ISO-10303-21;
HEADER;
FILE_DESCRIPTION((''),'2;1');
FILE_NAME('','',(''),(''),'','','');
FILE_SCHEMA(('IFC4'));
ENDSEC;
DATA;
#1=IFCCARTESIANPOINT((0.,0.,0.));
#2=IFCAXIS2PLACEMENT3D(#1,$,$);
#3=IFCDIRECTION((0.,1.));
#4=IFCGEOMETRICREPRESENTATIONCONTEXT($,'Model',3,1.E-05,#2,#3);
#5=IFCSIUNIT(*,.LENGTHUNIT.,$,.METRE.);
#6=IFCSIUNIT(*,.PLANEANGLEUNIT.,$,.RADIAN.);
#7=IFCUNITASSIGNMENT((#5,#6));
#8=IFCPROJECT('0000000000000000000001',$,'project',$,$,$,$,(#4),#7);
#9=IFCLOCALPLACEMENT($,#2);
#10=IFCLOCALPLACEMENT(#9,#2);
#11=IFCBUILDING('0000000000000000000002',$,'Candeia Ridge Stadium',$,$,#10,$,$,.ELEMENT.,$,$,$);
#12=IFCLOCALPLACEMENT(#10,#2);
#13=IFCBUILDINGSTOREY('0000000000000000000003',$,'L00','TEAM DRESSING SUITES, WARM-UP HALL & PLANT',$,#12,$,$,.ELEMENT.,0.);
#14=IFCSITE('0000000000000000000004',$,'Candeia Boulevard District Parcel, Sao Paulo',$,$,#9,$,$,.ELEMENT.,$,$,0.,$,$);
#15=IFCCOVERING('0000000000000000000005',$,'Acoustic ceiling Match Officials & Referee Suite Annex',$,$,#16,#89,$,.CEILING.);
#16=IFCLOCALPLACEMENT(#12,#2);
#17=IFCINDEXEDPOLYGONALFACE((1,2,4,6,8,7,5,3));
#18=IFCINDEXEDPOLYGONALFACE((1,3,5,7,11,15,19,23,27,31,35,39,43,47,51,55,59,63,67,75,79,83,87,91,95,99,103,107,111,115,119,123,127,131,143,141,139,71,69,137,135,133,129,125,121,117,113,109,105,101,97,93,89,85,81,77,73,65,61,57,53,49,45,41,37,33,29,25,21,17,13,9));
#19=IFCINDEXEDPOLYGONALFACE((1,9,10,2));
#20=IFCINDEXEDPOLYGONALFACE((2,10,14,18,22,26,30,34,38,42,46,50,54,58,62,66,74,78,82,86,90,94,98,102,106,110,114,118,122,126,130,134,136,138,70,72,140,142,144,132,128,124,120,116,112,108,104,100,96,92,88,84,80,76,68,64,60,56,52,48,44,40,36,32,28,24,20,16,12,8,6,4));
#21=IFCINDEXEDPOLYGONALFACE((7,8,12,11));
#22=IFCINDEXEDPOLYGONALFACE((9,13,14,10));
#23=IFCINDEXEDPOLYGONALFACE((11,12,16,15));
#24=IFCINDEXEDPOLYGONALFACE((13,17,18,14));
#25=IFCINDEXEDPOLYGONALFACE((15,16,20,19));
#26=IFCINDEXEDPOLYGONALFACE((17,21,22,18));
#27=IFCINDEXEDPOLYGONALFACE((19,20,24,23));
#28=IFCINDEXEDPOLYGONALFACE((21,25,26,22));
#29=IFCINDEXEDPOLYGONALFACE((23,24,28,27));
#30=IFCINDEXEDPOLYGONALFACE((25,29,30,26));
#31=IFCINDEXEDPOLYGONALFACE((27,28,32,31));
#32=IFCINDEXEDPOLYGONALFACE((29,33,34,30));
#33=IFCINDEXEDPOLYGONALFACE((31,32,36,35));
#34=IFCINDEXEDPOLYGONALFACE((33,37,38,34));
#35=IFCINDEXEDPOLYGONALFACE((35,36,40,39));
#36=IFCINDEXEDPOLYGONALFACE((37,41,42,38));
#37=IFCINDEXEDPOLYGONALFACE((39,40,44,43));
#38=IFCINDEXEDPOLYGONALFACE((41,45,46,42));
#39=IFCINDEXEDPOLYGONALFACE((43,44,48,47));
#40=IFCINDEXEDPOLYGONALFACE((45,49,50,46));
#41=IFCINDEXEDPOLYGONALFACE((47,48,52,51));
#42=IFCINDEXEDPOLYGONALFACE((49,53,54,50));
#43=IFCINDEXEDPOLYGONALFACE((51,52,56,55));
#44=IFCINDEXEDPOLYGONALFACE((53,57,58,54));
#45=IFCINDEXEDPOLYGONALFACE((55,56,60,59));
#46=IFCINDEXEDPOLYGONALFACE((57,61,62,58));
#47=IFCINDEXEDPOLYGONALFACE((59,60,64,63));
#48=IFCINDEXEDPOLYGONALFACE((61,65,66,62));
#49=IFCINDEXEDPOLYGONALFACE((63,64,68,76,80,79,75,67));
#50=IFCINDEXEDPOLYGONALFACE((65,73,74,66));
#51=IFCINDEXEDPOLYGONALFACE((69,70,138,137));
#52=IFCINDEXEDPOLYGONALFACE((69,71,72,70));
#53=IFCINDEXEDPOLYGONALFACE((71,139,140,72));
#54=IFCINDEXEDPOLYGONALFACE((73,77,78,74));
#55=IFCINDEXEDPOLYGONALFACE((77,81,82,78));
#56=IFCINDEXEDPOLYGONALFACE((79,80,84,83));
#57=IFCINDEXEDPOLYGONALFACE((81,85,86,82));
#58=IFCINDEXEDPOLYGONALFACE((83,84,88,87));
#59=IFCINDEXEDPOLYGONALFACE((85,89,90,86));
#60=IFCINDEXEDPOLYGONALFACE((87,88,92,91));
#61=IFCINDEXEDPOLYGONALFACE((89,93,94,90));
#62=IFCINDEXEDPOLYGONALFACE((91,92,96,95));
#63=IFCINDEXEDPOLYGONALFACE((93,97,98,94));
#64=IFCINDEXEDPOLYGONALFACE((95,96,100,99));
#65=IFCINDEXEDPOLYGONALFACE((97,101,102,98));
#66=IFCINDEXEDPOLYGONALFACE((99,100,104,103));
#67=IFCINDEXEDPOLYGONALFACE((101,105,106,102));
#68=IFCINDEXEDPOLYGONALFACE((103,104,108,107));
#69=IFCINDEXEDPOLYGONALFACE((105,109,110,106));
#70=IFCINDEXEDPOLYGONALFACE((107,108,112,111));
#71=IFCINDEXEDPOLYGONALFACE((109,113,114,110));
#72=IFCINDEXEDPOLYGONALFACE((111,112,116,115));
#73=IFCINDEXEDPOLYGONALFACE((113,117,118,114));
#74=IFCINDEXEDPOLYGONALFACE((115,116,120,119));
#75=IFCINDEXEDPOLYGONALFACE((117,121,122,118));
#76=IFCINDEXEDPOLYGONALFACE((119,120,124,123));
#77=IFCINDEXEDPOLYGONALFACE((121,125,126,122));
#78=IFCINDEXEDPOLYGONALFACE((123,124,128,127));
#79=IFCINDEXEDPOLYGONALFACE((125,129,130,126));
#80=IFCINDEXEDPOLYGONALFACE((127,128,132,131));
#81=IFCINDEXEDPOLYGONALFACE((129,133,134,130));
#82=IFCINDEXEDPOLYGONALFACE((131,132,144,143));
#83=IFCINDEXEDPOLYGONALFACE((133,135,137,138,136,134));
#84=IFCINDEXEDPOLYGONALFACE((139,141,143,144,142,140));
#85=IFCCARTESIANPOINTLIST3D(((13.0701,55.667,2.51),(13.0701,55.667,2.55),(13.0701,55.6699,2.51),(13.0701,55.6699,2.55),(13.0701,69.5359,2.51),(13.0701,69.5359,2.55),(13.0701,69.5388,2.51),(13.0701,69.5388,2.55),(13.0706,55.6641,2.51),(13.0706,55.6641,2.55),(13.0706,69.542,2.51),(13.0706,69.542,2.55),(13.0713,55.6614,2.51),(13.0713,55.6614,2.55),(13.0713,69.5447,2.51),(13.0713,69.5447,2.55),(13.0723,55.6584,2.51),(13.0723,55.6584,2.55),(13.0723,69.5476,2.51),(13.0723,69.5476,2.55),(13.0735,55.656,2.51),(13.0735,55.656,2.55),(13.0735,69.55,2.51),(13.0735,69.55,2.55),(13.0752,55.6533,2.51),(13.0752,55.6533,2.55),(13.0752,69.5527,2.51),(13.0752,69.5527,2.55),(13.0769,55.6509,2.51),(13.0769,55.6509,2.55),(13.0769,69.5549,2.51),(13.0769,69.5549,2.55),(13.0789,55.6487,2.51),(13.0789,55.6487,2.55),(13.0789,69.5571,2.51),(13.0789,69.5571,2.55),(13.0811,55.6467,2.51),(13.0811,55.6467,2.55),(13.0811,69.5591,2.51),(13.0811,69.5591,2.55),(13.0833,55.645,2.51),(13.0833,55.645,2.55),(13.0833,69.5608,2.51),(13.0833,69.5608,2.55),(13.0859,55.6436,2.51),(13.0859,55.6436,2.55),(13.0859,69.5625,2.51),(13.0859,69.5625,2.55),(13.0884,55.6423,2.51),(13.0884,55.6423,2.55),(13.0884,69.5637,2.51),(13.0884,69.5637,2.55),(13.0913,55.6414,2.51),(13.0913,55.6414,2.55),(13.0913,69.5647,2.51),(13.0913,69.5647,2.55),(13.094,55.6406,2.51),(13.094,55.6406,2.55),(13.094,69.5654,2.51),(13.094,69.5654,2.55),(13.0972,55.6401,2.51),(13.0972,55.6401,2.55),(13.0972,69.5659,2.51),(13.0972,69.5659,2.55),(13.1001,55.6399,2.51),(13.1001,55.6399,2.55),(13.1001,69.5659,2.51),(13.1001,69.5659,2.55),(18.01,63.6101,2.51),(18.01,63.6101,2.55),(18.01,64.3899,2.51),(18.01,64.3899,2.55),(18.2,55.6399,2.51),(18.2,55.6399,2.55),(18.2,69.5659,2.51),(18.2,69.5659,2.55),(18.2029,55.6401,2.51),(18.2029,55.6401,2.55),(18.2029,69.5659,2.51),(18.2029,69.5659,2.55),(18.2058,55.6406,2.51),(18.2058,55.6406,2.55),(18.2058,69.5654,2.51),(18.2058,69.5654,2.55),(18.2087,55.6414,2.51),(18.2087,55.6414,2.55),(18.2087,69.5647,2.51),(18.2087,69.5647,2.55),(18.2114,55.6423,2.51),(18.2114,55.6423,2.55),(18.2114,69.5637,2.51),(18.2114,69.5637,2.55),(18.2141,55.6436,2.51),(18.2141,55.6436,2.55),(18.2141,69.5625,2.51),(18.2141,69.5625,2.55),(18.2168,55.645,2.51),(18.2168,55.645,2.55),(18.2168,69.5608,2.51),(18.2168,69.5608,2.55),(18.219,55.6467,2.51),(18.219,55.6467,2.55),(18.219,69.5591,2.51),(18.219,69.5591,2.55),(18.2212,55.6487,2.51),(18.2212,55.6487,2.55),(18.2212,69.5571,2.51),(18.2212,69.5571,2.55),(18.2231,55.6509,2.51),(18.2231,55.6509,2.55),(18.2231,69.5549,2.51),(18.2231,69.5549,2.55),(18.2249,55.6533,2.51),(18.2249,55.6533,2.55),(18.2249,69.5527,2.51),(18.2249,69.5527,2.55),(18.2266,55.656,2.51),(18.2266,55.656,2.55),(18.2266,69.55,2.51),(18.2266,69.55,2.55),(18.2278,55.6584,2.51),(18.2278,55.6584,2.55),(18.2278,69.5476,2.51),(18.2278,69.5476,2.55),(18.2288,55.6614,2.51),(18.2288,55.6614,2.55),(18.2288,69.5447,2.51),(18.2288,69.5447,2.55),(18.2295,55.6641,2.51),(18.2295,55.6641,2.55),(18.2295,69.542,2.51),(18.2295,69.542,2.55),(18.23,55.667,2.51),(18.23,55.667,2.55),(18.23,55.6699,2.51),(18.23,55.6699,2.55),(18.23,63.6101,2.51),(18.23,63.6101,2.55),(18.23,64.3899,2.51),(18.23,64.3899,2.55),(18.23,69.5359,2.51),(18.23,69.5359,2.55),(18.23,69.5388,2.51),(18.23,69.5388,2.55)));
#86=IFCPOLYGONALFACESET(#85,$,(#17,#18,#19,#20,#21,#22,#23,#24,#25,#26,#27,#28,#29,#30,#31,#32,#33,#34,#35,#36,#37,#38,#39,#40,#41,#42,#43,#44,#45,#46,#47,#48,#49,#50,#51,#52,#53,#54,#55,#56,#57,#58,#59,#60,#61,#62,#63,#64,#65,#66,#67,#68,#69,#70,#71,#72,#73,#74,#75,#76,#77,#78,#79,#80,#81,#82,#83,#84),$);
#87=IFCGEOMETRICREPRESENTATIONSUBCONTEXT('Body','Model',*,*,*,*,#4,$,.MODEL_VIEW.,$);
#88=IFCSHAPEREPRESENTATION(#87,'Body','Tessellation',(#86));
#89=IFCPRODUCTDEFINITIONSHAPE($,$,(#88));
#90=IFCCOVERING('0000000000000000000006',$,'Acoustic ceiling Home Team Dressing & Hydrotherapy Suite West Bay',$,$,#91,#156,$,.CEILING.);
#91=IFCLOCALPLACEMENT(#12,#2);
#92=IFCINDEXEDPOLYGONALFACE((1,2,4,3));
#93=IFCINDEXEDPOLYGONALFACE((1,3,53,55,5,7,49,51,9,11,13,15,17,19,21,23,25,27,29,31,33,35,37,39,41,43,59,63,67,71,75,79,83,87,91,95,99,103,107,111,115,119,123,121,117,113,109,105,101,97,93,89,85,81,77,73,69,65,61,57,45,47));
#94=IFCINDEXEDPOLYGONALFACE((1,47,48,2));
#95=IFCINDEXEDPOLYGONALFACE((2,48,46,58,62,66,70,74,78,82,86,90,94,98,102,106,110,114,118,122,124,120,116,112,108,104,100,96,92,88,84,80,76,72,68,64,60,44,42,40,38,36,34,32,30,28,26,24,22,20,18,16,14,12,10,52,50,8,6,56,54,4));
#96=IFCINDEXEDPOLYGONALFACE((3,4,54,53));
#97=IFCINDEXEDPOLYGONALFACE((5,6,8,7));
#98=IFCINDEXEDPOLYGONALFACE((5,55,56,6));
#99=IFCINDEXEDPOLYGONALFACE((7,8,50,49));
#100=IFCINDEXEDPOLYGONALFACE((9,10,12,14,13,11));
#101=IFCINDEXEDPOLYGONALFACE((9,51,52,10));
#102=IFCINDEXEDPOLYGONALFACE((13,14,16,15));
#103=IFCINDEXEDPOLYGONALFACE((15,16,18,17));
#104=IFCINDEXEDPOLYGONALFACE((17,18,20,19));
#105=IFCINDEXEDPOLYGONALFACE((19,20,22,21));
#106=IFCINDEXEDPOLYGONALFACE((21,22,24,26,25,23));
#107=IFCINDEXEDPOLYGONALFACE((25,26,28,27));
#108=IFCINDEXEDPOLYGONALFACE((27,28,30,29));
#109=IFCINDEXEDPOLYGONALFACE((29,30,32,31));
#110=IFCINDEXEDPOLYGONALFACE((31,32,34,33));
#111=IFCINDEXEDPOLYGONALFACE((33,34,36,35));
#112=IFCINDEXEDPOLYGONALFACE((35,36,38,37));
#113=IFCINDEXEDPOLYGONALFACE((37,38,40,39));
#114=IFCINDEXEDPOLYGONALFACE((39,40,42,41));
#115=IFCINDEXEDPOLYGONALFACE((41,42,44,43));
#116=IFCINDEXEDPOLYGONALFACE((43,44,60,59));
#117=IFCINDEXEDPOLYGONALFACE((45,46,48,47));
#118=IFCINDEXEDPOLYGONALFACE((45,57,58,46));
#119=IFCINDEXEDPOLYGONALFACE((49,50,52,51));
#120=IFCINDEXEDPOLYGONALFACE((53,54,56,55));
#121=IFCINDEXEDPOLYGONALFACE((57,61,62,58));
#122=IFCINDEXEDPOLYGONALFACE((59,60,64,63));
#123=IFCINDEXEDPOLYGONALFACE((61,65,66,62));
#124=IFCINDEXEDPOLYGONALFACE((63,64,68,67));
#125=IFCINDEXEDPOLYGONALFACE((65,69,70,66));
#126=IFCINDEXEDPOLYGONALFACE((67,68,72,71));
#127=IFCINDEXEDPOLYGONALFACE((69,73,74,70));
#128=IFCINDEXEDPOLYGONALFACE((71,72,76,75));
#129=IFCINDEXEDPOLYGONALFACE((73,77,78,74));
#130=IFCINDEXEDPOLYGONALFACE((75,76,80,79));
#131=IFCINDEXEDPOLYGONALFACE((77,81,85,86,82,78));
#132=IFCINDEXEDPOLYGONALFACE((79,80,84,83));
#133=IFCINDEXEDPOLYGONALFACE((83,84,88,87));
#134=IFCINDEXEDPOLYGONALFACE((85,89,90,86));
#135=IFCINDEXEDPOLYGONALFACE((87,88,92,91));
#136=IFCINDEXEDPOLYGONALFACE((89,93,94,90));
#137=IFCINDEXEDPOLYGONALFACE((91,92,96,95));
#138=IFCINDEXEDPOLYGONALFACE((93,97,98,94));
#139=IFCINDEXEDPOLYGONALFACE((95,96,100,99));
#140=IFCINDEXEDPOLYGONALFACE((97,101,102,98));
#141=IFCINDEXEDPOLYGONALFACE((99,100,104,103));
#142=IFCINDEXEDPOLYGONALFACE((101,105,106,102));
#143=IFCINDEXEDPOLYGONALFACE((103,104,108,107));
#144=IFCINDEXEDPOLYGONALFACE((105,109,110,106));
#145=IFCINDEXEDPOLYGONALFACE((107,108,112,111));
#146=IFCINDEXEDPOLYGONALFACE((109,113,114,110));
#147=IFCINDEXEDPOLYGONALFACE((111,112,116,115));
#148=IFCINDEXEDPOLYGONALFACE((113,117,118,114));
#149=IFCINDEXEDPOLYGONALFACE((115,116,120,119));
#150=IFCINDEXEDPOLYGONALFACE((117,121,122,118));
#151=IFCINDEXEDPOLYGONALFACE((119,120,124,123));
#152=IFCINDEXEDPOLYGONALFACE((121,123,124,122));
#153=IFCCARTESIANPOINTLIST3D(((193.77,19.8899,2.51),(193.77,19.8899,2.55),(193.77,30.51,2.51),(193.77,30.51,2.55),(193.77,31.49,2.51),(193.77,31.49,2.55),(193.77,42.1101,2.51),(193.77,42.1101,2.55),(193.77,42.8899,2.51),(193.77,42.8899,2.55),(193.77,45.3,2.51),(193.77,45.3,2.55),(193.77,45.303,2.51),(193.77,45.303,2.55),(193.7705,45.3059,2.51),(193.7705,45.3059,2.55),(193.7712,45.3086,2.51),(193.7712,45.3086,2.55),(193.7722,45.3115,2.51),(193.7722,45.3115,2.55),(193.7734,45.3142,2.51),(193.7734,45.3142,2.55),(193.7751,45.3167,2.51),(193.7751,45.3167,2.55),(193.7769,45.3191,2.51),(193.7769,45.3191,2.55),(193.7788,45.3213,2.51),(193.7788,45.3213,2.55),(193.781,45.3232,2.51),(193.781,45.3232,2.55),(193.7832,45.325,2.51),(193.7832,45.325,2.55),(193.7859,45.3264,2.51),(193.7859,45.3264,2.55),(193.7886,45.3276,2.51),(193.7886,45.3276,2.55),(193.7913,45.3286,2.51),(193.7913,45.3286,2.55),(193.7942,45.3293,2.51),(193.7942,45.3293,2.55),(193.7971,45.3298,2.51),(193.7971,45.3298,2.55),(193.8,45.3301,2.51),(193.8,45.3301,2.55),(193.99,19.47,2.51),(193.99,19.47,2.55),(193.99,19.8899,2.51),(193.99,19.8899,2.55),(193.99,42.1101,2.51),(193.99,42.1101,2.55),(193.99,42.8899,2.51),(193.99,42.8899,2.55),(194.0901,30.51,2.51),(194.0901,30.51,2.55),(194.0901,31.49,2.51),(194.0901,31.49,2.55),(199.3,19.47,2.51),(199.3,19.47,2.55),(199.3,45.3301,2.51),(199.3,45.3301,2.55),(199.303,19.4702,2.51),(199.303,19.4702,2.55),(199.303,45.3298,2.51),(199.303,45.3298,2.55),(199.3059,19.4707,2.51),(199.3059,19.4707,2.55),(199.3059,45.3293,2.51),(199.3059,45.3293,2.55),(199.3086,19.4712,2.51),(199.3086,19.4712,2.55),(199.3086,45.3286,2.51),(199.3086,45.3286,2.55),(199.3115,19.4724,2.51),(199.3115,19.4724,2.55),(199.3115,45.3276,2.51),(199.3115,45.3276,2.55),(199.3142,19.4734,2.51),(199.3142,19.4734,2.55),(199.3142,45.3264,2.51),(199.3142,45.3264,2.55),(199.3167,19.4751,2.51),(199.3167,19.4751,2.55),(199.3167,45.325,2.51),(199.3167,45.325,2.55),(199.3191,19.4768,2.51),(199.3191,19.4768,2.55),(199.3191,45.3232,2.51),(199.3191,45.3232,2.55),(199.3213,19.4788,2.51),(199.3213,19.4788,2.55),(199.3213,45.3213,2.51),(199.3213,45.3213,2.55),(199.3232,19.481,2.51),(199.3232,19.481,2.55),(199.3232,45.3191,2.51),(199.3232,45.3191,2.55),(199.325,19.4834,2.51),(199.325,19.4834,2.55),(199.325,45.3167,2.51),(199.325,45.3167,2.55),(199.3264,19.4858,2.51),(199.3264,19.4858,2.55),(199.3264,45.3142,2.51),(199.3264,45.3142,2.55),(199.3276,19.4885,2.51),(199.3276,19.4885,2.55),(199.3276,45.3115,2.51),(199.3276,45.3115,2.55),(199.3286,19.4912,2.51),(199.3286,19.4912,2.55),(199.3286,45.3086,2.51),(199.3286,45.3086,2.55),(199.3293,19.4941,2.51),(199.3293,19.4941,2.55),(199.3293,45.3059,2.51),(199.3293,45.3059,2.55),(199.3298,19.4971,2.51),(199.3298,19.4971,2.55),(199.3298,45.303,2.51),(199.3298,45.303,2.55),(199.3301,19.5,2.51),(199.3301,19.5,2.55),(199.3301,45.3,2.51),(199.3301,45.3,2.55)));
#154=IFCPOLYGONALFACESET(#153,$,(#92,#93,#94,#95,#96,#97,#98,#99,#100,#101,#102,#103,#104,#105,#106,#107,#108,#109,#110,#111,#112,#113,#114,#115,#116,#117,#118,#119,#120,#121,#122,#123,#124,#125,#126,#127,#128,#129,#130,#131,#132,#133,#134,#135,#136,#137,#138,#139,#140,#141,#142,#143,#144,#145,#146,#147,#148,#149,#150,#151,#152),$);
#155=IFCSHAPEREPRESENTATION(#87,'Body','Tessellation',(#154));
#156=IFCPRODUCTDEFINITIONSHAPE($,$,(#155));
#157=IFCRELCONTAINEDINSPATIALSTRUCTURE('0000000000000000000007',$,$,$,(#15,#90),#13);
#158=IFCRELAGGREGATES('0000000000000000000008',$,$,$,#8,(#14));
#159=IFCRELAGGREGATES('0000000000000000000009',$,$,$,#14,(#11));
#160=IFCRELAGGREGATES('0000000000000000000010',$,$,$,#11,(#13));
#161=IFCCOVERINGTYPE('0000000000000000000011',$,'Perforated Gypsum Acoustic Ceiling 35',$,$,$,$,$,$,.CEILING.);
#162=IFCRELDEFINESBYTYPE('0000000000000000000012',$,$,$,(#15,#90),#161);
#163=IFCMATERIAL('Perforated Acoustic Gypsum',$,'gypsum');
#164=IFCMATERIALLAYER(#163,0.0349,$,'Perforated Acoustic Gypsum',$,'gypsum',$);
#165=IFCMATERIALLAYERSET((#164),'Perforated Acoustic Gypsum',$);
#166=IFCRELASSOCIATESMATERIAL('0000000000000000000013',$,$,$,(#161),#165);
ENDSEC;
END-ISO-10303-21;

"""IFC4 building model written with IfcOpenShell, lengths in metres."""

from ifc_helpers import new_model, si_unit, direction, frame, origin, place, context, subcontext, project, spatial, polyline, outline, extrude, material, layer, layer_set, type_object, element, save


model = new_model("IFC4")

# Units and contexts
model_context = context("Model", 3, precision=1e-05, world=origin(), true_north=direction((0.0, 1.0)))
body_context = subcontext(model_context, "Body", "Model", "MODEL_VIEW")
ifc_project = project(units=[si_unit("LENGTHUNIT", "METRE"), si_unit("PLANEANGLEUNIT", "RADIAN")], contexts=[model_context])

# Site, building, storey
site_placement = place(None, origin())
site = spatial("IfcSite", under=ifc_project, at=site_placement, Name="Candeia Boulevard District Parcel, Sao Paulo", CompositionType="ELEMENT", RefElevation=0.0)
building_placement = place(site_placement, origin())
building = spatial("IfcBuilding", under=site, at=building_placement, Name="Candeia Ridge Stadium", CompositionType="ELEMENT")
storey_placement = place(building_placement, origin())
storey = spatial("IfcBuildingStorey", under=building, at=storey_placement, Name="L00", Description="TEAM DRESSING SUITES, WARM-UP HALL & PLANT", CompositionType="ELEMENT", Elevation=0.0)

# Coverings
ifc_material_1 = material(Name="Perforated Acoustic Gypsum", Category="gypsum")
ifc_layer_1 = layer(ifc_material_1, 0.0349, Name="Perforated Acoustic Gypsum", Category="gypsum")
ifc_layer_set_1 = layer_set([ifc_layer_1], Name="Perforated Acoustic Gypsum")
covering_type_1 = type_object("IfcCoveringType", Name="Perforated Gypsum Acoustic Ceiling 35", PredefinedType="CEILING", material=ifc_layer_set_1)
covering_1_placement = place(storey_placement, frame((0.0, 0.0, 2.51)))
element("IfcCovering", 1, at=covering_1_placement, inside=storey, type_object=covering_type_1, Name="Acoustic ceiling Match Officials & Referee Suite Annex", PredefinedType="CEILING", context=body_context, shape_type="SweptSolid", body=[
    extrude(outline(polyline([(13.094, 55.6406), (13.0913, 55.6414), (13.0884, 55.6423), (13.0859, 55.6436), (13.0833, 55.645), (13.0811, 55.6467), (13.0789, 55.6487), (13.0769, 55.6509), (13.0752, 55.6533), (13.0735, 55.656), (13.0723, 55.6584), (13.0713, 55.6614), (13.0706, 55.6641), (13.0701, 55.667), (13.0701, 55.6699), (13.0701, 69.5359), (13.0701, 69.5388), (13.0706, 69.542), (13.0713, 69.5447), (13.0723, 69.5476), (13.0735, 69.55), (13.0752, 69.5527), (13.0769, 69.5549), (13.0789, 69.5571), (13.0811, 69.5591), (13.0833, 69.5608), (13.0859, 69.5625), (13.0884, 69.5637), (13.0913, 69.5647), (13.094, 69.5654), (13.0972, 69.5659), (13.1001, 69.5659), (18.2, 69.5659), (18.2029, 69.5659), (18.2058, 69.5654), (18.2087, 69.5647), (18.2114, 69.5637), (18.2141, 69.5625), (18.2168, 69.5608), (18.219, 69.5591), (18.2212, 69.5571), (18.2231, 69.5549), (18.2249, 69.5527), (18.2266, 69.55), (18.2278, 69.5476), (18.2288, 69.5447), (18.2295, 69.542), (18.23, 69.5388), (18.23, 69.5359), (18.23, 64.3899), (18.01, 64.3899), (18.01, 63.6101), (18.23, 63.6101), (18.23, 55.6699), (18.23, 55.667), (18.2295, 55.6641), (18.2288, 55.6614), (18.2278, 55.6584), (18.2266, 55.656), (18.2249, 55.6533), (18.2231, 55.6509), (18.2212, 55.6487), (18.219, 55.6467), (18.2168, 55.645), (18.2141, 55.6436), (18.2114, 55.6423), (18.2087, 55.6414), (18.2058, 55.6406), (18.2029, 55.6401), (18.2, 55.6399), (13.1001, 55.6399), (13.0972, 55.6401), (13.094, 55.6406)])), origin(), (0.0, 0.0, 1.0), 0.04),
])
covering_2_placement = place(storey_placement, frame((0.0, 0.0, 2.51)))
element("IfcCovering", 2, at=covering_2_placement, inside=storey, type_object=covering_type_1, Name="Acoustic ceiling Home Team Dressing & Hydrotherapy Suite West Bay", PredefinedType="CEILING", context=body_context, shape_type="SweptSolid", body=[
    extrude(outline(polyline([(194.0901, 30.51), (194.0901, 31.49), (193.77, 31.49), (193.77, 42.1101), (193.99, 42.1101), (193.99, 42.8899), (193.77, 42.8899), (193.77, 45.3), (193.77, 45.303), (193.7705, 45.3059), (193.7712, 45.3086), (193.7722, 45.3115), (193.7734, 45.3142), (193.7751, 45.3167), (193.7769, 45.3191), (193.7788, 45.3213), (193.781, 45.3232), (193.7832, 45.325), (193.7859, 45.3264), (193.7886, 45.3276), (193.7913, 45.3286), (193.7942, 45.3293), (193.7971, 45.3298), (193.8, 45.3301), (199.3, 45.3301), (199.303, 45.3298), (199.3059, 45.3293), (199.3086, 45.3286), (199.3115, 45.3276), (199.3142, 45.3264), (199.3167, 45.325), (199.3191, 45.3232), (199.3213, 45.3213), (199.3232, 45.3191), (199.325, 45.3167), (199.3264, 45.3142), (199.3276, 45.3115), (199.3286, 45.3086), (199.3293, 45.3059), (199.3298, 45.303), (199.3301, 45.3), (199.3301, 19.5), (199.3298, 19.4971), (199.3293, 19.4941), (199.3286, 19.4912), (199.3276, 19.4885), (199.3264, 19.4858), (199.325, 19.4834), (199.3232, 19.481), (199.3213, 19.4788), (199.3191, 19.4768), (199.3167, 19.4751), (199.3142, 19.4734), (199.3115, 19.4724), (199.3086, 19.4712), (199.3059, 19.4707), (199.303, 19.4702), (199.3, 19.47), (193.99, 19.47), (193.99, 19.8899), (193.77, 19.8899), (193.77, 30.51), (194.0901, 30.51)])), origin(), (0.0, 0.0, 1.0), 0.04),
])

save(model, "model.ifc")
